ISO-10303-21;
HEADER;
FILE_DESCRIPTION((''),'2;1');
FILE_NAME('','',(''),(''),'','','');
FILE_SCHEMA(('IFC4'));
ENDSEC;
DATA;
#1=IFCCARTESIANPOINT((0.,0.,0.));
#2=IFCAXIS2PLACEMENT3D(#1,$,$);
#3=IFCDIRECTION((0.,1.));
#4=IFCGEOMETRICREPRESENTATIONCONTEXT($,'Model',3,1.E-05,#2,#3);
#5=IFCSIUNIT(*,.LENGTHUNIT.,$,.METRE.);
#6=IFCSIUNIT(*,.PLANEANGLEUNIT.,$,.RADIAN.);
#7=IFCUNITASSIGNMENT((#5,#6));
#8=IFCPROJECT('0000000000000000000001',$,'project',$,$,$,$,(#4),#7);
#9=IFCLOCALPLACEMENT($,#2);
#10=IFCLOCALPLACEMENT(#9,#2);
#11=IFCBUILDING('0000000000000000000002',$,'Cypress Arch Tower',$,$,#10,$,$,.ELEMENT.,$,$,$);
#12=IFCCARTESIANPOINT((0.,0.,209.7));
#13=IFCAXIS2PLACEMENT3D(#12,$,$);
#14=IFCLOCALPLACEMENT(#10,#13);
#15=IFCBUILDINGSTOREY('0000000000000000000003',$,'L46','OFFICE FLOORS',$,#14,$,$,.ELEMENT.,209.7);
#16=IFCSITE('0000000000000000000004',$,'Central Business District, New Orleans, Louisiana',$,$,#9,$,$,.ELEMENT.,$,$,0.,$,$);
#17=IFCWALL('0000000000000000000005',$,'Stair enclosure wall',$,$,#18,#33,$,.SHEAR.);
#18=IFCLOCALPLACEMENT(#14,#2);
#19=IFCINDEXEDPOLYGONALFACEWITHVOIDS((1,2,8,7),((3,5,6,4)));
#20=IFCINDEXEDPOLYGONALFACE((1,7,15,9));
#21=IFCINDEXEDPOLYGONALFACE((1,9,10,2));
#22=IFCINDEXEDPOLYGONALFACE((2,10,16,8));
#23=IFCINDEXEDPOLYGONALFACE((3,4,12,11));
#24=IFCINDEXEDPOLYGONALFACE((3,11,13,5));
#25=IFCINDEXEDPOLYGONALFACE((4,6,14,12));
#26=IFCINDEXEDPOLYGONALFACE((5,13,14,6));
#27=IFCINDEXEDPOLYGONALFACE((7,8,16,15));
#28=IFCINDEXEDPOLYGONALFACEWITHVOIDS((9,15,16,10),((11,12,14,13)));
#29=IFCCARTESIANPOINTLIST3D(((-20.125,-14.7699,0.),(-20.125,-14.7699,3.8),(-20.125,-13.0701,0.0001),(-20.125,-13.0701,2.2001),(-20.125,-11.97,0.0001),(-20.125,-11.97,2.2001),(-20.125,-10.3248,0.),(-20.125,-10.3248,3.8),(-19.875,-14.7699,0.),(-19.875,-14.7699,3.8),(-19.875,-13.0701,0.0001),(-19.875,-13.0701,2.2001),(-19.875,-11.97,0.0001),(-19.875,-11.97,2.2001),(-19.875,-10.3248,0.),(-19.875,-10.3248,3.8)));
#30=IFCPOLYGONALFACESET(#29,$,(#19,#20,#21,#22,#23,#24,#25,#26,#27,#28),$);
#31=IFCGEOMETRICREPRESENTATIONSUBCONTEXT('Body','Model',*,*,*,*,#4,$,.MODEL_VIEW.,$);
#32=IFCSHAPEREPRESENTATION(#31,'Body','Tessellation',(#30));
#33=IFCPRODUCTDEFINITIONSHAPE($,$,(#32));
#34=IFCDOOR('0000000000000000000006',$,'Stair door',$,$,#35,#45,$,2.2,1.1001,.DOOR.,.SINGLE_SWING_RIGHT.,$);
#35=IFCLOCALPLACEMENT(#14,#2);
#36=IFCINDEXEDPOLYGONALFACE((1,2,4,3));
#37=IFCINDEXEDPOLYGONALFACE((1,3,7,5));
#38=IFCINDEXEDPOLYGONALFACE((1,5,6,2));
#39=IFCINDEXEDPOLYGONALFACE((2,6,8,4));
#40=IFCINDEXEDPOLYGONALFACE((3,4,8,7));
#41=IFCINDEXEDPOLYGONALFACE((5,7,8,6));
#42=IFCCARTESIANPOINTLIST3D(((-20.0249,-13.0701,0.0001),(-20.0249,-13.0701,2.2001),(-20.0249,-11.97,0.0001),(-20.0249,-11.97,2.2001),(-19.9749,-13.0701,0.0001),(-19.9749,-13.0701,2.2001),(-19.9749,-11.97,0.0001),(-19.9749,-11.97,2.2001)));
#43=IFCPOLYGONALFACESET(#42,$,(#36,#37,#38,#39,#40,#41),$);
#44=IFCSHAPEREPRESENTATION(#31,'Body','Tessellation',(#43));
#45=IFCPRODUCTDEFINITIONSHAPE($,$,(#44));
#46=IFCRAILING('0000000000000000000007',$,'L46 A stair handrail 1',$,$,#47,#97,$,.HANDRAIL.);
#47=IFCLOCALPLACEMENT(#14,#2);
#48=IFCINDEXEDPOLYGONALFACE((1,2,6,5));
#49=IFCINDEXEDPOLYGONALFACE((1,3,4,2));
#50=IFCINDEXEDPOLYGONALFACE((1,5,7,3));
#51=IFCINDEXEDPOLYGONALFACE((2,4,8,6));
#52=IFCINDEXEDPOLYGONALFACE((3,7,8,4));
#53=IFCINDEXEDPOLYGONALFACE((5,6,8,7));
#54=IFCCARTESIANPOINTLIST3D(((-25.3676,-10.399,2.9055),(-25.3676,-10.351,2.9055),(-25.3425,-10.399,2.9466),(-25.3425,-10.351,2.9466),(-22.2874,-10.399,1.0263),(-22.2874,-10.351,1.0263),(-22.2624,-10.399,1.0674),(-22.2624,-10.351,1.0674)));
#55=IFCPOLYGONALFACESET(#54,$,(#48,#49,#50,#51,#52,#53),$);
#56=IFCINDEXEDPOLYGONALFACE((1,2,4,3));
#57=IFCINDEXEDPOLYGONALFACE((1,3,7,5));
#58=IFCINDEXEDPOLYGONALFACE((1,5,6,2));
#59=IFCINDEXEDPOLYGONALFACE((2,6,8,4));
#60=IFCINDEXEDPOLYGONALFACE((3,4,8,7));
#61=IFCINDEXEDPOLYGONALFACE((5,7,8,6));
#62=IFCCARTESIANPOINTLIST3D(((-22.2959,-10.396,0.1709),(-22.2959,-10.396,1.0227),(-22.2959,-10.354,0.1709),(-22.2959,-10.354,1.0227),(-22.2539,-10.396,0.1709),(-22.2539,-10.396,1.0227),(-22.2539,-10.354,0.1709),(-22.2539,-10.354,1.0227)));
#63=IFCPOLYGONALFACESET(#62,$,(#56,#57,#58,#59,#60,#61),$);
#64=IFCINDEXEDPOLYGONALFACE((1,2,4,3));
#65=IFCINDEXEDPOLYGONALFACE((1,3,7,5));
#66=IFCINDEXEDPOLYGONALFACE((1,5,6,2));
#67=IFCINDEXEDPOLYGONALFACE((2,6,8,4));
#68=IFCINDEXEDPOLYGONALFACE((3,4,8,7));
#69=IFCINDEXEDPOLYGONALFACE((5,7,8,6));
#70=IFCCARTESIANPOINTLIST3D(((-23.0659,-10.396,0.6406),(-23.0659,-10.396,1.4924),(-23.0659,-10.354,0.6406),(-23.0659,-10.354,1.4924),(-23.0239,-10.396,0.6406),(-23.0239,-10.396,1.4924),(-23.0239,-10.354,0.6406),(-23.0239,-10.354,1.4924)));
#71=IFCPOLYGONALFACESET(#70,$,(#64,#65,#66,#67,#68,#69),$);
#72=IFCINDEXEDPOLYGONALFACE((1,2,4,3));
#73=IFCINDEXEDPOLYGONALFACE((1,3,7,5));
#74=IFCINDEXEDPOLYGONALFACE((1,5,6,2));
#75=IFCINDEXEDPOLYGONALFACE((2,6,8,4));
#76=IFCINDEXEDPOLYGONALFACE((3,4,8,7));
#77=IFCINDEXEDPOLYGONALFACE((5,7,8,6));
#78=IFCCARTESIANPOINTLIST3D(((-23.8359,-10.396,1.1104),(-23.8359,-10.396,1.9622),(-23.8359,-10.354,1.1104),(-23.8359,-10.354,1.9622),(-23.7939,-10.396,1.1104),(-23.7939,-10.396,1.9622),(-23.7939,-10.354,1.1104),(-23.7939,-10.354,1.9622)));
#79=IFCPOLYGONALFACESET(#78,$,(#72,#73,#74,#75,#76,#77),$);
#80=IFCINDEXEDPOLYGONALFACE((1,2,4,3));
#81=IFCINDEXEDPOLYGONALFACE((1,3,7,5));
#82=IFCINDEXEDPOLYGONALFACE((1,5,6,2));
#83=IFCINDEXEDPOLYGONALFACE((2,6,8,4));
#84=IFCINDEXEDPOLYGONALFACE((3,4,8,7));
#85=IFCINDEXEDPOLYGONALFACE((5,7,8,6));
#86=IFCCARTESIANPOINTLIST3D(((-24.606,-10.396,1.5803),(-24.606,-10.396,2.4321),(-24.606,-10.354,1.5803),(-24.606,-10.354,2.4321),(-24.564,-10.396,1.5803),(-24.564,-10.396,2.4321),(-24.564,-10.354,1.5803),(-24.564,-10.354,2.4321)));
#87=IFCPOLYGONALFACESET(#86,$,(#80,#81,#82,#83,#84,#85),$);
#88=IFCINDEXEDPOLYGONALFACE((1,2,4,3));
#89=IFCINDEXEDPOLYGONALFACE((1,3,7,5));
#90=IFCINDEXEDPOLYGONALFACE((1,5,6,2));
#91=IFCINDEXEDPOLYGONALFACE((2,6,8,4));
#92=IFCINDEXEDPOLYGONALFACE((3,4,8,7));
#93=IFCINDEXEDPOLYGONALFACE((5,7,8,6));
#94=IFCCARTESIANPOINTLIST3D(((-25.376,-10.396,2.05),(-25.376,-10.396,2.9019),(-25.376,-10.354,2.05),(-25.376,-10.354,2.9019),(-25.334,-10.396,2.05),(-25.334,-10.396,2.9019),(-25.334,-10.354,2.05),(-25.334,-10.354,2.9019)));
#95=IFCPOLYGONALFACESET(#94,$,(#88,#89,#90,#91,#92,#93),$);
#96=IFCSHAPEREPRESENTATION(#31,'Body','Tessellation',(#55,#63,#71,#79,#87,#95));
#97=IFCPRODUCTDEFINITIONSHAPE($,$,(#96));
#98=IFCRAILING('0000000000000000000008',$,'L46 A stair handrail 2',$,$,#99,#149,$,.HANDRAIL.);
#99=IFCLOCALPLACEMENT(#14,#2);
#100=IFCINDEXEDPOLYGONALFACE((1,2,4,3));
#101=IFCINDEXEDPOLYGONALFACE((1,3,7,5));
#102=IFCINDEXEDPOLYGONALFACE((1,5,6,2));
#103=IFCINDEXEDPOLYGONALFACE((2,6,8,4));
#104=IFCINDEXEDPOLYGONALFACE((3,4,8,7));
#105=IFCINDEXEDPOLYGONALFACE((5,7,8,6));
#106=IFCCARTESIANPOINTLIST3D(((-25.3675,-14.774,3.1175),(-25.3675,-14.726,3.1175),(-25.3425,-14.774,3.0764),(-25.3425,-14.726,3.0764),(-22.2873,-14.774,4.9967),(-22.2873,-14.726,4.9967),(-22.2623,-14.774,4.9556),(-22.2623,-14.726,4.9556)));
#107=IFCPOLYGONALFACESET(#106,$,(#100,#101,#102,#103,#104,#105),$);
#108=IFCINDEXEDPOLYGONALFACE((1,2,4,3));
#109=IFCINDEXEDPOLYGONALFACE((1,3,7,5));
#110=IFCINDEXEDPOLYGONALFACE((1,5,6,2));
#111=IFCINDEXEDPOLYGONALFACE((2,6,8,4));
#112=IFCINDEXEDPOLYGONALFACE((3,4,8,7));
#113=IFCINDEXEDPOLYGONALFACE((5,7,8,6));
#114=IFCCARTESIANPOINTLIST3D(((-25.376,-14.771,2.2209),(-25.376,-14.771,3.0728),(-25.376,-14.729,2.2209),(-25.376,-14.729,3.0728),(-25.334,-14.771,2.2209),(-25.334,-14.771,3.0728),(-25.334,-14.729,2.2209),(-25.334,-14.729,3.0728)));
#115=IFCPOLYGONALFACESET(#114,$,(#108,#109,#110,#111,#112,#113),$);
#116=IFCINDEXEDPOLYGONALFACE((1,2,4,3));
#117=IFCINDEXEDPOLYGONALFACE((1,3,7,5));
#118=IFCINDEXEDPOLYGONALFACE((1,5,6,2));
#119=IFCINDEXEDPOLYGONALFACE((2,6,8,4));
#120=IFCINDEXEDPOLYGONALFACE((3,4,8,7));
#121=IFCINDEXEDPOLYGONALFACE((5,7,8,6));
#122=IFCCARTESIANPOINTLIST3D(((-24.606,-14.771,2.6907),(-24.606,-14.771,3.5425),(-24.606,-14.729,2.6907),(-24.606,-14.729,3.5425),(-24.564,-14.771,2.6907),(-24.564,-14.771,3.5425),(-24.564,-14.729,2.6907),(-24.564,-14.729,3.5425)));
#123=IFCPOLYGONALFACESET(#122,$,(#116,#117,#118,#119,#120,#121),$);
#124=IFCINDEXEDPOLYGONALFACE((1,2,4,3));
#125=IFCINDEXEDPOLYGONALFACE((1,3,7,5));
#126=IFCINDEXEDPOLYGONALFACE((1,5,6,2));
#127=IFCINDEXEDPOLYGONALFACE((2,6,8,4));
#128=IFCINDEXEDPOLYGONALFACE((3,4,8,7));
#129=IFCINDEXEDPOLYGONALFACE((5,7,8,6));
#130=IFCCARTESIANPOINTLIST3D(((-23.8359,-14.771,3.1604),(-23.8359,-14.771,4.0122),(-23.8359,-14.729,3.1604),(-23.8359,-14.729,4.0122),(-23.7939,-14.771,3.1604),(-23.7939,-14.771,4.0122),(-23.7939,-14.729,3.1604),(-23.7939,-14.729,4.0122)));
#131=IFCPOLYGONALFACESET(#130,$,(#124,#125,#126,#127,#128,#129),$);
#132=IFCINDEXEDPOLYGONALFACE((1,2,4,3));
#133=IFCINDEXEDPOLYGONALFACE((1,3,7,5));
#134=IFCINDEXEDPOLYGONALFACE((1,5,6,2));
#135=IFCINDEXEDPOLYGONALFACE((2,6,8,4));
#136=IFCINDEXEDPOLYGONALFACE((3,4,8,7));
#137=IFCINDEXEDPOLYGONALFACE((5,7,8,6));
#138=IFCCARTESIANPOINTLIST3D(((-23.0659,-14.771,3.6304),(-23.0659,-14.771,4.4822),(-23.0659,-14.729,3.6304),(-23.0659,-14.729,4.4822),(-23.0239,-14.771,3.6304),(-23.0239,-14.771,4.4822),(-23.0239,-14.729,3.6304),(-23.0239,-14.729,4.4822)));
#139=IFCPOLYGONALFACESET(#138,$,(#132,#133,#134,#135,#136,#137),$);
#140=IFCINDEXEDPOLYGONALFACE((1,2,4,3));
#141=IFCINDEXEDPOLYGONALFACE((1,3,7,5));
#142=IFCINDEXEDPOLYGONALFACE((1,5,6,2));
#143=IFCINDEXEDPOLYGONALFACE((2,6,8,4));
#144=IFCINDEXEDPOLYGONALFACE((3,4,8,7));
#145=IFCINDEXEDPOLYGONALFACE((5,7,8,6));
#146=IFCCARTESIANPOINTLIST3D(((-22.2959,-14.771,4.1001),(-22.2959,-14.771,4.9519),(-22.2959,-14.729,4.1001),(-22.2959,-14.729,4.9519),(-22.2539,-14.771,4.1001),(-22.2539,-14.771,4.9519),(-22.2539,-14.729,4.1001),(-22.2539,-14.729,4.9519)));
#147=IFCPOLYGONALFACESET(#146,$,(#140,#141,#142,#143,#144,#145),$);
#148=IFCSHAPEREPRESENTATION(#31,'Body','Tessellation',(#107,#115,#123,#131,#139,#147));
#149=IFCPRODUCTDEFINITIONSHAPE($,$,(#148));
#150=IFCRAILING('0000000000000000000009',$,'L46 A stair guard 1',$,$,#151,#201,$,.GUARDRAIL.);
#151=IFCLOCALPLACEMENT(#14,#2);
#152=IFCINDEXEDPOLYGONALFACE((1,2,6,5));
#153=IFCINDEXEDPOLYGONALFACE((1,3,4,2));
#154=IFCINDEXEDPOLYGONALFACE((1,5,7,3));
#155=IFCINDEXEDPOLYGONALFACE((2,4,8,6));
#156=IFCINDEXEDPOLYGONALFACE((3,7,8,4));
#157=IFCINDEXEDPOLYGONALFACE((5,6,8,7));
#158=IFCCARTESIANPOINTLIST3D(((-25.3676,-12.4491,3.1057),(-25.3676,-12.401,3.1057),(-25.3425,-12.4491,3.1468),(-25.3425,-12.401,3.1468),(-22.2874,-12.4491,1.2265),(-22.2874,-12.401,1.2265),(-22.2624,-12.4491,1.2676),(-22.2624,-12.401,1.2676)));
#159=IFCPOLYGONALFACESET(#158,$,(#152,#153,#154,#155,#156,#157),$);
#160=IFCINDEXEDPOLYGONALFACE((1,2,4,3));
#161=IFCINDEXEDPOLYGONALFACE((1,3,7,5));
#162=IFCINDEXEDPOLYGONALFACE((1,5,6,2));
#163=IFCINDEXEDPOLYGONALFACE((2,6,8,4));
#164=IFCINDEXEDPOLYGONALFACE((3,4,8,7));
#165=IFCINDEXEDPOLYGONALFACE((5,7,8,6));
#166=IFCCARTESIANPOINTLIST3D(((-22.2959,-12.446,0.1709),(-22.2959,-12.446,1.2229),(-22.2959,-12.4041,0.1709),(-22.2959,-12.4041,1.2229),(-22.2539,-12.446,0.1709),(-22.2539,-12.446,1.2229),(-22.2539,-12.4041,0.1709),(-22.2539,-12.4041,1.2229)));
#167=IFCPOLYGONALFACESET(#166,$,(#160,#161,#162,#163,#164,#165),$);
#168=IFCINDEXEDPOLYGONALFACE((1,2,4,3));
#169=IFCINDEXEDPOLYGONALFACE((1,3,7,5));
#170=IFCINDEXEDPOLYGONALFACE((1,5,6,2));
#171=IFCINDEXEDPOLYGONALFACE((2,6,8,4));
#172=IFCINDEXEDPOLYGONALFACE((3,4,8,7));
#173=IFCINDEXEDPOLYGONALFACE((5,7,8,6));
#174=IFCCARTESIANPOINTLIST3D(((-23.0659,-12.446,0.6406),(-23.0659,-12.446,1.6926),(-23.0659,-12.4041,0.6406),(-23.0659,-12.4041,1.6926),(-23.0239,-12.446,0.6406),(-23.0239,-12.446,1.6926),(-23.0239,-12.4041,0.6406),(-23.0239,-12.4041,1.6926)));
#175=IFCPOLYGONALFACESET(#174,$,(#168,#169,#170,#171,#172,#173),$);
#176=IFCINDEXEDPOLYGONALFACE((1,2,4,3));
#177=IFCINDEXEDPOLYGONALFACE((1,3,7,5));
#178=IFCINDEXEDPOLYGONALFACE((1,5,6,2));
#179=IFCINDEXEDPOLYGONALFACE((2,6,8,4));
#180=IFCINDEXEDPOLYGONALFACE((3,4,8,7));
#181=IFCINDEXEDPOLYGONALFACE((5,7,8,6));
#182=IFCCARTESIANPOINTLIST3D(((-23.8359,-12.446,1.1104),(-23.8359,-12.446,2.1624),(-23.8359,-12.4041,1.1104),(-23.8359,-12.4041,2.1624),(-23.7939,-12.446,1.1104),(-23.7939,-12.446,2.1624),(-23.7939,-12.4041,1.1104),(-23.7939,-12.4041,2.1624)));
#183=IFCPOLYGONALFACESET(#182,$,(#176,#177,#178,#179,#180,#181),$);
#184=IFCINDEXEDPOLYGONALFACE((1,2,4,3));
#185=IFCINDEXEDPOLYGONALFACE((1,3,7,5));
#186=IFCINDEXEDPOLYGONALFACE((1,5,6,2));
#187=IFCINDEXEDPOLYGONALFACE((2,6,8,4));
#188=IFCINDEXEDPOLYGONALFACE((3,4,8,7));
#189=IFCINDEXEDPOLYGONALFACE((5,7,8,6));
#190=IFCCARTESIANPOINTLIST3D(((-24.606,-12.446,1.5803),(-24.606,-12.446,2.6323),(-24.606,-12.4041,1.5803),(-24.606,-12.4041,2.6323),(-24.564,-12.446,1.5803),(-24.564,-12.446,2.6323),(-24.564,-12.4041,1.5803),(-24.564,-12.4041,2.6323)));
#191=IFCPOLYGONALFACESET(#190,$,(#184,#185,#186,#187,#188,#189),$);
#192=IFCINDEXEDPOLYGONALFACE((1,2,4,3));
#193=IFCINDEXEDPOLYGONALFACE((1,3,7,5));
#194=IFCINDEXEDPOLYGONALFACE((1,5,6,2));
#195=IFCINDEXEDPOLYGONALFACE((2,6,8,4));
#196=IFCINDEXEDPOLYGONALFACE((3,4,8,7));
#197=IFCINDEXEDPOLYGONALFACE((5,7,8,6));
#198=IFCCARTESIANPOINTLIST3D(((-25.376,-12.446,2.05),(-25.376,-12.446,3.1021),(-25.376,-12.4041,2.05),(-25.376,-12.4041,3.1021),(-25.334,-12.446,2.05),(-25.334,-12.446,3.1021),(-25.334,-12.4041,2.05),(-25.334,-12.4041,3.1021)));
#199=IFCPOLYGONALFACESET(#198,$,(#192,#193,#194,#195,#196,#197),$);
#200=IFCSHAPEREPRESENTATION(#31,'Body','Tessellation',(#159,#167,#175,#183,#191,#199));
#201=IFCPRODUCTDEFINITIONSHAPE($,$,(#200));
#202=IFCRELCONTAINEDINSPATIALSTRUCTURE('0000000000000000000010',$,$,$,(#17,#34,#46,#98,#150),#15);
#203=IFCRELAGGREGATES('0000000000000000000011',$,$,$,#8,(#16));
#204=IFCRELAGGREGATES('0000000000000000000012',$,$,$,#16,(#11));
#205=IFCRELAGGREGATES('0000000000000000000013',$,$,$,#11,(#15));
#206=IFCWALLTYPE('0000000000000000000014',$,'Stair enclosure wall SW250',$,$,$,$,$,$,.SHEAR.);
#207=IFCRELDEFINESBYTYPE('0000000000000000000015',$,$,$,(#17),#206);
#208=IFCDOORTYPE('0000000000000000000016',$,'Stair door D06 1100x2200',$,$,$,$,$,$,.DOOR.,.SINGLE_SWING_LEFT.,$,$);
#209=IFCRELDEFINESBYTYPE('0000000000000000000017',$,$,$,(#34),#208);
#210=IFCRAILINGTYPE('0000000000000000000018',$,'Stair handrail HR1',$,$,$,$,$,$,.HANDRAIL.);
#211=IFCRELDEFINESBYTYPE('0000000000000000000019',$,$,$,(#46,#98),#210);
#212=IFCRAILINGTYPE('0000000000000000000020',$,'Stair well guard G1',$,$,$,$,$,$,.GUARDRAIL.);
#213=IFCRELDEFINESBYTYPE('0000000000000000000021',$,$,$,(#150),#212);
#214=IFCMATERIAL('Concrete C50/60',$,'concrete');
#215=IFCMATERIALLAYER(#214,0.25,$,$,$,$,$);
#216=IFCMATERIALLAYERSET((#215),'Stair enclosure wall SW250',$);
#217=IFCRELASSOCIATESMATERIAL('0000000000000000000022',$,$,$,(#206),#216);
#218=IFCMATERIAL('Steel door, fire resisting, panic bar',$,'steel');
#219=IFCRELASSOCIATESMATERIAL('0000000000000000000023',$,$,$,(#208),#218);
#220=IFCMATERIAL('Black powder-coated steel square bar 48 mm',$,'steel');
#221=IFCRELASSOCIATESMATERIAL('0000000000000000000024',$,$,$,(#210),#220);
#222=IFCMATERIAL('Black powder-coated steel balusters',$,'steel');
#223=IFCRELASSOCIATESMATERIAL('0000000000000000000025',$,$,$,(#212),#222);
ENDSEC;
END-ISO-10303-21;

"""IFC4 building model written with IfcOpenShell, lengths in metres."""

from ifc_helpers import new_model, si_unit, direction, frame, frame_2d, origin, origin_2d, place, context, subcontext, project, spatial, rectangle, extrude, material, layer, layer_set, type_object, element, fill, save


model = new_model("IFC4")

# Units and contexts
model_context = context("Model", 3, precision=1e-05, world=origin(), true_north=direction((0.0, 1.0)))
body_context = subcontext(model_context, "Body", "Model", "MODEL_VIEW")
ifc_project = project(units=[si_unit("LENGTHUNIT", "METRE"), si_unit("PLANEANGLEUNIT", "RADIAN")], contexts=[model_context])

# Site, building, storey
site_placement = place(None, origin())
site = spatial("IfcSite", under=ifc_project, at=site_placement, Name="Central Business District, New Orleans, Louisiana", CompositionType="ELEMENT", RefElevation=0.0)
building_placement = place(site_placement, origin())
building = spatial("IfcBuilding", under=site, at=building_placement, Name="Cypress Arch Tower", CompositionType="ELEMENT")
storey_placement = place(building_placement, frame((0.0, 0.0, 209.7)))
storey = spatial("IfcBuildingStorey", under=building, at=storey_placement, Name="L46", Description="OFFICE FLOORS", CompositionType="ELEMENT", Elevation=209.7)

# Wall, opening, door
ifc_material_1 = material(Name="Concrete C50/60", Category="concrete")
ifc_layer_1 = layer(ifc_material_1, 0.25)
ifc_layer_set_1 = layer_set([ifc_layer_1], Name="Stair enclosure wall SW250")
wall_type_1 = type_object("IfcWallType", Name="Stair enclosure wall SW250", PredefinedType="SHEAR", material=ifc_layer_set_1)
wall_1_placement = place(storey_placement, frame((-20.0, -14.77, 0.0), z_axis=(0.0, 0.0, 1.0), x_axis=(0.0, 1.0, 0.0)))
wall_1 = element("IfcWall", 1, at=wall_1_placement, inside=storey, type_object=wall_type_1, Name="Stair enclosure wall", PredefinedType="SHEAR", context=body_context, shape_type="SweptSolid", body=[
    extrude(rectangle(XDim=4.4451, YDim=0.25, at=frame_2d((2.2227, 0.0))), origin(), (0.0, 0.0, 1.0), 3.8),
])
opening_1_placement = place(wall_1_placement, frame((1.7, 0.0, 0.0)))
opening_1 = element("IfcOpeningElement", 2, at=opening_1_placement, cuts=wall_1, PredefinedType="OPENING", context=body_context, shape_type="SweptSolid", body=[
    extrude(rectangle(XDim=1.1001, YDim=2.2, at=frame_2d((0.55, 1.1001))), frame((0.0, 0.135, 0.0), z_axis=(0.0, -1.0, 0.0), x_axis=(1.0, 0.0, 0.0)), (0.0, 0.0, 1.0), 0.27),
])
ifc_material_2 = material(Name="Steel door, fire resisting, panic bar", Category="steel")
door_type = type_object("IfcDoorType", Name="Stair door D06 1100x2200", OperationType="SINGLE_SWING_LEFT", PredefinedType="DOOR", material=ifc_material_2)
door_placement = place(opening_1_placement, origin())
door = element("IfcDoor", 3, at=door_placement, inside=storey, type_object=door_type, Name="Stair door", OperationType="SINGLE_SWING_RIGHT", OverallHeight=2.2, OverallWidth=1.1001, PredefinedType="DOOR", context=body_context, shape_type="SweptSolid", body=[
    extrude(rectangle(XDim=1.1001, YDim=2.2, at=frame_2d((0.55, 1.1001))), frame((0.0, 0.0249, 0.0), z_axis=(0.0, -1.0, 0.0), x_axis=(1.0, 0.0, 0.0)), (0.0, 0.0, 1.0), 0.05),
])
fill(opening_1, door)

# Railings
ifc_material_3 = material(Name="Black powder-coated steel square bar 48 mm", Category="steel")
railing_type_1 = type_object("IfcRailingType", Name="Stair handrail HR1", PredefinedType="HANDRAIL", material=ifc_material_3)
railing_1_placement = place(storey_placement, frame((-22.2749, -10.375, 0.1709)))
element("IfcRailing", 4, at=railing_1_placement, inside=storey, type_object=railing_type_1, Name="L46 A stair handrail 1", PredefinedType="HANDRAIL", context=body_context, shape_type="SweptSolid", body=[
    extrude(rectangle(XDim=0.0481, YDim=0.0481, at=origin_2d()), frame((0.0, 0.0, 0.876), z_axis=(-0.853666, 0.0, 0.52082), x_axis=(0.0, -1.0, 0.0)), (0.0, 0.0, 1.0), 3.6082),
    extrude(rectangle(XDim=0.042, YDim=0.042, at=origin_2d()), origin(), (0.0, 0.0, 1.0), 0.8518),
    extrude(rectangle(XDim=0.042, YDim=0.042, at=origin_2d()), frame((-0.77, 0.0, 0.4697)), (0.0, 0.0, 1.0), 0.8518),
    extrude(rectangle(XDim=0.042, YDim=0.042, at=origin_2d()), frame((-1.54, 0.0, 0.9395)), (0.0, 0.0, 1.0), 0.8518),
    extrude(rectangle(XDim=0.042, YDim=0.042, at=origin_2d()), frame((-2.3101, 0.0, 1.4094)), (0.0, 0.0, 1.0), 0.8518),
    extrude(rectangle(XDim=0.042, YDim=0.042, at=origin_2d()), frame((-3.0801, 0.0, 1.8792)), (0.0, 0.0, 1.0), 0.8518),
])
railing_2_placement = place(storey_placement, frame((-25.355, -14.75, 2.2209)))
element("IfcRailing", 5, at=railing_2_placement, inside=storey, type_object=railing_type_1, Name="L46 A stair handrail 2", PredefinedType="HANDRAIL", context=body_context, shape_type="SweptSolid", body=[
    extrude(rectangle(XDim=0.0481, YDim=0.0481, at=origin_2d()), frame((0.0, 0.0, 0.876), z_axis=(0.853666, 0.0, 0.52082), x_axis=(0.0, 1.0, 0.0)), (0.0, 0.0, 1.0), 3.6082),
    extrude(rectangle(XDim=0.042, YDim=0.042, at=origin_2d()), origin(), (0.0, 0.0, 1.0), 0.8518),
    extrude(rectangle(XDim=0.042, YDim=0.042, at=origin_2d()), frame((0.77, 0.0, 0.4697)), (0.0, 0.0, 1.0), 0.8518),
    extrude(rectangle(XDim=0.042, YDim=0.042, at=origin_2d()), frame((1.54, 0.0, 0.9395)), (0.0, 0.0, 1.0), 0.8518),
    extrude(rectangle(XDim=0.042, YDim=0.042, at=origin_2d()), frame((2.3101, 0.0, 1.4094)), (0.0, 0.0, 1.0), 0.8518),
    extrude(rectangle(XDim=0.042, YDim=0.042, at=origin_2d()), frame((3.0801, 0.0, 1.8792)), (0.0, 0.0, 1.0), 0.8518),
])
ifc_material_4 = material(Name="Black powder-coated steel balusters", Category="steel")
railing_type_2 = type_object("IfcRailingType", Name="Stair well guard G1", PredefinedType="GUARDRAIL", material=ifc_material_4)
railing_3_placement = place(storey_placement, frame((-22.2749, -12.425, 0.1709)))
element("IfcRailing", 6, at=railing_3_placement, inside=storey, type_object=railing_type_2, Name="L46 A stair guard 1", PredefinedType="GUARDRAIL", context=body_context, shape_type="SweptSolid", body=[
    extrude(rectangle(XDim=0.0481, YDim=0.0481, at=origin_2d()), frame((0.0, 0.0, 1.0762), z_axis=(-0.853666, 0.0, 0.52082), x_axis=(0.0, -1.0, 0.0)), (0.0, 0.0, 1.0), 3.6082),
    extrude(rectangle(XDim=0.042, YDim=0.042, at=origin_2d()), origin(), (0.0, 0.0, 1.0), 1.052),
    extrude(rectangle(XDim=0.042, YDim=0.042, at=origin_2d()), frame((-0.77, 0.0, 0.4697)), (0.0, 0.0, 1.0), 1.052),
    extrude(rectangle(XDim=0.042, YDim=0.042, at=origin_2d()), frame((-1.54, 0.0, 0.9395)), (0.0, 0.0, 1.0), 1.052),
    extrude(rectangle(XDim=0.042, YDim=0.042, at=origin_2d()), frame((-2.3101, 0.0, 1.4094)), (0.0, 0.0, 1.0), 1.052),
    extrude(rectangle(XDim=0.042, YDim=0.042, at=origin_2d()), frame((-3.0801, 0.0, 1.8792)), (0.0, 0.0, 1.0), 1.052),
])

save(model, "model.ifc")
